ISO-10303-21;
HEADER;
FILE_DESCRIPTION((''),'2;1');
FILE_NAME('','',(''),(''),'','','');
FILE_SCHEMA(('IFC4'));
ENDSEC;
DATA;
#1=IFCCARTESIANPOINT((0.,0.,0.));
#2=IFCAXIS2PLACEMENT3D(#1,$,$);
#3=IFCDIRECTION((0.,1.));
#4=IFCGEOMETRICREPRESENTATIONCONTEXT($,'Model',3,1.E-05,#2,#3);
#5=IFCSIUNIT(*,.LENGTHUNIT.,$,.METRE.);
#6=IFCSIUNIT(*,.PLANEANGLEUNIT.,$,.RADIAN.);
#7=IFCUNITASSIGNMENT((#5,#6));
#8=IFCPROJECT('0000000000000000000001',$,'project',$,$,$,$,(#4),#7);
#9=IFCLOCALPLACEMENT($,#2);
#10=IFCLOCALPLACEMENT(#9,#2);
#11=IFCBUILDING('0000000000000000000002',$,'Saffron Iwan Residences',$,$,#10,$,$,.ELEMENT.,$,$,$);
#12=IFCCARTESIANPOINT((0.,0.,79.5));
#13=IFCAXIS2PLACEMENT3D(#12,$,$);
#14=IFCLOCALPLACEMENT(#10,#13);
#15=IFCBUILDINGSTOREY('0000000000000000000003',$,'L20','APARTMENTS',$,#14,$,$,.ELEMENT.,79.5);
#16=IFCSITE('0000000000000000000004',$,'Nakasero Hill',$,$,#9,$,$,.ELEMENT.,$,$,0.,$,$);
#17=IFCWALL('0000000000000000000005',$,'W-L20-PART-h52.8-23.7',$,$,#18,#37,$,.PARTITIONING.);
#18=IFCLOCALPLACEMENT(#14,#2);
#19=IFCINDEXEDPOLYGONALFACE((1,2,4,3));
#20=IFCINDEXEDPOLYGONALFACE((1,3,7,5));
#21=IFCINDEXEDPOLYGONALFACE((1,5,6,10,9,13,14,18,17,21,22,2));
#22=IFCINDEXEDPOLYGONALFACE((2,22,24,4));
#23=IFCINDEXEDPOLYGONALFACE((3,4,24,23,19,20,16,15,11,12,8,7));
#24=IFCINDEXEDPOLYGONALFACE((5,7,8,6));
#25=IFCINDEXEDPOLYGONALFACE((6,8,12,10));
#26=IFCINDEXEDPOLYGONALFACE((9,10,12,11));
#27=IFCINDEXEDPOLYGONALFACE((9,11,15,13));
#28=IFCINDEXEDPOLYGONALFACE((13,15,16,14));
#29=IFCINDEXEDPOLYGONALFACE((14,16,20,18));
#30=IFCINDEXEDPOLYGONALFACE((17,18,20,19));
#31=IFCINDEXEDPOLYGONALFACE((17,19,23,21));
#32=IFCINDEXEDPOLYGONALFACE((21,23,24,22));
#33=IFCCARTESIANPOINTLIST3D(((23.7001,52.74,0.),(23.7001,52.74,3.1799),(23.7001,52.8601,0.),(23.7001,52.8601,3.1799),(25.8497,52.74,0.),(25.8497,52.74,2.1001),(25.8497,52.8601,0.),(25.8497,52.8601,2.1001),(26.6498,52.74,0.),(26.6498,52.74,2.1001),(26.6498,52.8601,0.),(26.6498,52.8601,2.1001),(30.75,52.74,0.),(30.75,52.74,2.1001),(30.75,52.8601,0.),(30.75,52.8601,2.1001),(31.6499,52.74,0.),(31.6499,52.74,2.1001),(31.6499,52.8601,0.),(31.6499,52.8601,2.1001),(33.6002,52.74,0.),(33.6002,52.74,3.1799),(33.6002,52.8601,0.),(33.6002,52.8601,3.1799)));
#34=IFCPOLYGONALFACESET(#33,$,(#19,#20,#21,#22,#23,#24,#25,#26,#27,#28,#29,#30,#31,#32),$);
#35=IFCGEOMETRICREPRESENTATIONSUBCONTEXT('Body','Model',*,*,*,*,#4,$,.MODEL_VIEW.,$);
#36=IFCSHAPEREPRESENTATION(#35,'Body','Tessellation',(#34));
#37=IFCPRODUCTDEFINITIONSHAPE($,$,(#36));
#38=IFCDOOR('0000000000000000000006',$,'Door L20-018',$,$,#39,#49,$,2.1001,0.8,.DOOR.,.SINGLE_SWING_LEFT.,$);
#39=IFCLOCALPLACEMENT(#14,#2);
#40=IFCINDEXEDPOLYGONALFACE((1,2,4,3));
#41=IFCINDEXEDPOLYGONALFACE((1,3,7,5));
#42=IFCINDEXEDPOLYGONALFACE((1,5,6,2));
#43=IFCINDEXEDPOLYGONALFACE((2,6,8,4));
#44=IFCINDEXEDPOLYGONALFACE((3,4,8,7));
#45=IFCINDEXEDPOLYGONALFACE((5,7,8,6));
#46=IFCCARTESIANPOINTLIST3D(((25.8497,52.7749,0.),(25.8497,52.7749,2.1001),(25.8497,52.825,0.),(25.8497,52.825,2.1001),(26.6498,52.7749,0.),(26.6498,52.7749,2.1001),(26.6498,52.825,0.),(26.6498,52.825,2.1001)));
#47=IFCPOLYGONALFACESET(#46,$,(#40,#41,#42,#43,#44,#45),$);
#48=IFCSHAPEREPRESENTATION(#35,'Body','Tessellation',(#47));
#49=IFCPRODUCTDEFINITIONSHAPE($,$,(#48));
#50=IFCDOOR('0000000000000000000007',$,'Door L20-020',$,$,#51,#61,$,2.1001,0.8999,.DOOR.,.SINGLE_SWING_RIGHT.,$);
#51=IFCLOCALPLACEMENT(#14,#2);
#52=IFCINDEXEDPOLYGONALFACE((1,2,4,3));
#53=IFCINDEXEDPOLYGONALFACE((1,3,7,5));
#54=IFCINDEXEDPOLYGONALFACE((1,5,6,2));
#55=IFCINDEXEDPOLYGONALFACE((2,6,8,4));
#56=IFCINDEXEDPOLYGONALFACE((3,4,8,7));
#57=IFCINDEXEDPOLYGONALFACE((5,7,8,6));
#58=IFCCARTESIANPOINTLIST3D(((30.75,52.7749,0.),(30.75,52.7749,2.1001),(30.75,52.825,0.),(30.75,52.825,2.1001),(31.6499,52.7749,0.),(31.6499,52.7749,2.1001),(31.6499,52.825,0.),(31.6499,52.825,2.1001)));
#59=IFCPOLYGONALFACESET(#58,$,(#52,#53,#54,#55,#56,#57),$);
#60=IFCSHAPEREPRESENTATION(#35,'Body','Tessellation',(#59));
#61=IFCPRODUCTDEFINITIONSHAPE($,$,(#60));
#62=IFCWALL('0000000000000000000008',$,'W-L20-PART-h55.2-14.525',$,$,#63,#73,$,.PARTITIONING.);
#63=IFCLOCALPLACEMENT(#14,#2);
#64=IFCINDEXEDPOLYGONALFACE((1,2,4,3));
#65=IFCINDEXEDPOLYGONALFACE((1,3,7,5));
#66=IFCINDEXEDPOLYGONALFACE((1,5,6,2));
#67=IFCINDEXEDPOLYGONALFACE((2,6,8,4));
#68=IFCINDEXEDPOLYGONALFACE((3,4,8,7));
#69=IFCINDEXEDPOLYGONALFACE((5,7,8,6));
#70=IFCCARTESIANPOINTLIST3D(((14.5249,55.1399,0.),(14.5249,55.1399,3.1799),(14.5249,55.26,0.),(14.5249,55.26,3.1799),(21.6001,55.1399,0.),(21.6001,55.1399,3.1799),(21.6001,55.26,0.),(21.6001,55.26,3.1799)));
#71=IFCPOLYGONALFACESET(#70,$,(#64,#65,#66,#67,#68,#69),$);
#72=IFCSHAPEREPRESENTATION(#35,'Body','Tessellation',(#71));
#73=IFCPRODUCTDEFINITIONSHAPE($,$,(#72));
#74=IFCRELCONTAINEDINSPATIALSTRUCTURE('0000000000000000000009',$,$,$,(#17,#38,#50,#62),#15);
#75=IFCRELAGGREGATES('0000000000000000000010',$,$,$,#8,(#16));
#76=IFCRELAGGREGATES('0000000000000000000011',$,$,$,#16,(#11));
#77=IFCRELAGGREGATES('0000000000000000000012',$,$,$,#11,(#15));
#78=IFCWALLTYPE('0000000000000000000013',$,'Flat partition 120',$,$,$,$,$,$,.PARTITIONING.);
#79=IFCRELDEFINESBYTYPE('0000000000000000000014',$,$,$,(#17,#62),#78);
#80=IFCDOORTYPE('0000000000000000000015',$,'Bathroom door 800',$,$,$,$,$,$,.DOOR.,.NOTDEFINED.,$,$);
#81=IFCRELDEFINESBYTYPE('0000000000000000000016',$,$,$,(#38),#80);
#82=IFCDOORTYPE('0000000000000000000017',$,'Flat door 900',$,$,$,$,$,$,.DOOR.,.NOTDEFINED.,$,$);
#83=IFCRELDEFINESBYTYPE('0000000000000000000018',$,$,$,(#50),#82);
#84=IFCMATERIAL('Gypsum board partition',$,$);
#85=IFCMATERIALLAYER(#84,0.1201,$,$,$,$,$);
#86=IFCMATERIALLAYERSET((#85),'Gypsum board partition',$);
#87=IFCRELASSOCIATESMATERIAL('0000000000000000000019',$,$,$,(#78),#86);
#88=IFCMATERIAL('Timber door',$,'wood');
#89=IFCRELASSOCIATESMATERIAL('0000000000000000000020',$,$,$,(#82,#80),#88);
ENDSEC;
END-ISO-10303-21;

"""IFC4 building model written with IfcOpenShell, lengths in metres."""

from ifc_helpers import new_model, si_unit, direction, frame, frame_2d, origin, place, context, subcontext, project, spatial, rectangle, extrude, material, layer, layer_set, type_object, element, fill, save


model = new_model("IFC4")

# Units and contexts
model_context = context("Model", 3, precision=1e-05, world=origin(), true_north=direction((0.0, 1.0)))
body_context = subcontext(model_context, "Body", "Model", "MODEL_VIEW")
ifc_project = project(units=[si_unit("LENGTHUNIT", "METRE"), si_unit("PLANEANGLEUNIT", "RADIAN")], contexts=[model_context])

# Site, building, storey
site_placement = place(None, origin())
site = spatial("IfcSite", under=ifc_project, at=site_placement, Name="Nakasero Hill", CompositionType="ELEMENT", RefElevation=0.0)
building_placement = place(site_placement, origin())
building = spatial("IfcBuilding", under=site, at=building_placement, Name="Saffron Iwan Residences", CompositionType="ELEMENT")
storey_placement = place(building_placement, frame((0.0, 0.0, 79.5)))
storey = spatial("IfcBuildingStorey", under=building, at=storey_placement, Name="L20", Description="APARTMENTS", CompositionType="ELEMENT", Elevation=79.5)

# Shared definitions
ifc_material_1 = material(Name="Gypsum board partition")
ifc_layer_1 = layer(ifc_material_1, 0.1201)
ifc_layer_set_1 = layer_set([ifc_layer_1], Name="Gypsum board partition")
wall_type_1 = type_object("IfcWallType", Name="Flat partition 120", PredefinedType="PARTITIONING", material=ifc_layer_set_1)
ifc_material_2 = material(Name="Timber door", Category="wood")
door_type_1 = type_object("IfcDoorType", Name="Flat door 900", OperationType="NOTDEFINED", PredefinedType="DOOR", material=ifc_material_2)

# Wall, openings, doors
wall_1_placement = place(storey_placement, frame((23.7, 52.8, 0.0), z_axis=(0.0, 0.0, 1.0), x_axis=(1.0, 0.0, 0.0)))
wall_1 = element("IfcWall", 1, at=wall_1_placement, inside=storey, type_object=wall_type_1, Name="W-L20-PART-h52.8-23.7", PredefinedType="PARTITIONING", context=body_context, shape_type="SweptSolid", body=[
    extrude(rectangle(XDim=9.9001, YDim=0.1201, at=frame_2d((4.9502, 0.0))), origin(), (0.0, 0.0, 1.0), 3.1799),
])
opening_1_placement = place(wall_1_placement, frame((2.1499, 0.0, 0.0)))
opening_1 = element("IfcOpeningElement", 2, at=opening_1_placement, cuts=wall_1, PredefinedType="OPENING", context=body_context, shape_type="SweptSolid", body=[
    extrude(rectangle(XDim=0.8, YDim=2.1001, at=frame_2d((0.3999, 1.05))), frame((0.0, 0.0701, 0.0), z_axis=(0.0, -1.0, 0.0), x_axis=(1.0, 0.0, 0.0)), (0.0, 0.0, 1.0), 0.1401),
])
opening_2_placement = place(wall_1_placement, frame((7.05, 0.0, 0.0)))
opening_2 = element("IfcOpeningElement", 3, at=opening_2_placement, cuts=wall_1, PredefinedType="OPENING", context=body_context, shape_type="SweptSolid", body=[
    extrude(rectangle(XDim=0.8999, YDim=2.1001, at=frame_2d((0.45, 1.05))), frame((0.0, 0.0701, 0.0), z_axis=(0.0, -1.0, 0.0), x_axis=(1.0, 0.0, 0.0)), (0.0, 0.0, 1.0), 0.1401),
])
door_type_2 = type_object("IfcDoorType", Name="Bathroom door 800", OperationType="NOTDEFINED", PredefinedType="DOOR", material=ifc_material_2)
door_1_placement = place(opening_1_placement, origin())
door_1 = element("IfcDoor", 4, at=door_1_placement, inside=storey, type_object=door_type_2, Name="Door L20-018", OperationType="SINGLE_SWING_LEFT", OverallHeight=2.1001, OverallWidth=0.8, PredefinedType="DOOR", context=body_context, shape_type="SweptSolid", body=[
    extrude(rectangle(XDim=0.8, YDim=2.1001, at=frame_2d((0.3999, 1.05))), frame((0.0, 0.0249, 0.0), z_axis=(0.0, -1.0, 0.0), x_axis=(1.0, 0.0, 0.0)), (0.0, 0.0, 1.0), 0.05),
])
fill(opening_1, door_1)
door_2_placement = place(opening_2_placement, origin())
door_2 = element("IfcDoor", 5, at=door_2_placement, inside=storey, type_object=door_type_1, Name="Door L20-020", OperationType="SINGLE_SWING_RIGHT", OverallHeight=2.1001, OverallWidth=0.8999, PredefinedType="DOOR", context=body_context, shape_type="SweptSolid", body=[
    extrude(rectangle(XDim=0.8999, YDim=2.1001, at=frame_2d((0.45, 1.05))), frame((0.0, 0.0249, 0.0), z_axis=(0.0, -1.0, 0.0), x_axis=(1.0, 0.0, 0.0)), (0.0, 0.0, 1.0), 0.05),
])
fill(opening_2, door_2)

# Wall
wall_2_placement = place(storey_placement, frame((14.5249, 55.2, 0.0), z_axis=(0.0, 0.0, 1.0), x_axis=(1.0, 0.0, 0.0)))
element("IfcWall", 6, at=wall_2_placement, inside=storey, type_object=wall_type_1, Name="W-L20-PART-h55.2-14.525", PredefinedType="PARTITIONING", context=body_context, shape_type="SweptSolid", body=[
    extrude(rectangle(XDim=7.0752, YDim=0.1201, at=frame_2d((3.5376, 0.0))), origin(), (0.0, 0.0, 1.0), 3.1799),
])

save(model, "model.ifc")
